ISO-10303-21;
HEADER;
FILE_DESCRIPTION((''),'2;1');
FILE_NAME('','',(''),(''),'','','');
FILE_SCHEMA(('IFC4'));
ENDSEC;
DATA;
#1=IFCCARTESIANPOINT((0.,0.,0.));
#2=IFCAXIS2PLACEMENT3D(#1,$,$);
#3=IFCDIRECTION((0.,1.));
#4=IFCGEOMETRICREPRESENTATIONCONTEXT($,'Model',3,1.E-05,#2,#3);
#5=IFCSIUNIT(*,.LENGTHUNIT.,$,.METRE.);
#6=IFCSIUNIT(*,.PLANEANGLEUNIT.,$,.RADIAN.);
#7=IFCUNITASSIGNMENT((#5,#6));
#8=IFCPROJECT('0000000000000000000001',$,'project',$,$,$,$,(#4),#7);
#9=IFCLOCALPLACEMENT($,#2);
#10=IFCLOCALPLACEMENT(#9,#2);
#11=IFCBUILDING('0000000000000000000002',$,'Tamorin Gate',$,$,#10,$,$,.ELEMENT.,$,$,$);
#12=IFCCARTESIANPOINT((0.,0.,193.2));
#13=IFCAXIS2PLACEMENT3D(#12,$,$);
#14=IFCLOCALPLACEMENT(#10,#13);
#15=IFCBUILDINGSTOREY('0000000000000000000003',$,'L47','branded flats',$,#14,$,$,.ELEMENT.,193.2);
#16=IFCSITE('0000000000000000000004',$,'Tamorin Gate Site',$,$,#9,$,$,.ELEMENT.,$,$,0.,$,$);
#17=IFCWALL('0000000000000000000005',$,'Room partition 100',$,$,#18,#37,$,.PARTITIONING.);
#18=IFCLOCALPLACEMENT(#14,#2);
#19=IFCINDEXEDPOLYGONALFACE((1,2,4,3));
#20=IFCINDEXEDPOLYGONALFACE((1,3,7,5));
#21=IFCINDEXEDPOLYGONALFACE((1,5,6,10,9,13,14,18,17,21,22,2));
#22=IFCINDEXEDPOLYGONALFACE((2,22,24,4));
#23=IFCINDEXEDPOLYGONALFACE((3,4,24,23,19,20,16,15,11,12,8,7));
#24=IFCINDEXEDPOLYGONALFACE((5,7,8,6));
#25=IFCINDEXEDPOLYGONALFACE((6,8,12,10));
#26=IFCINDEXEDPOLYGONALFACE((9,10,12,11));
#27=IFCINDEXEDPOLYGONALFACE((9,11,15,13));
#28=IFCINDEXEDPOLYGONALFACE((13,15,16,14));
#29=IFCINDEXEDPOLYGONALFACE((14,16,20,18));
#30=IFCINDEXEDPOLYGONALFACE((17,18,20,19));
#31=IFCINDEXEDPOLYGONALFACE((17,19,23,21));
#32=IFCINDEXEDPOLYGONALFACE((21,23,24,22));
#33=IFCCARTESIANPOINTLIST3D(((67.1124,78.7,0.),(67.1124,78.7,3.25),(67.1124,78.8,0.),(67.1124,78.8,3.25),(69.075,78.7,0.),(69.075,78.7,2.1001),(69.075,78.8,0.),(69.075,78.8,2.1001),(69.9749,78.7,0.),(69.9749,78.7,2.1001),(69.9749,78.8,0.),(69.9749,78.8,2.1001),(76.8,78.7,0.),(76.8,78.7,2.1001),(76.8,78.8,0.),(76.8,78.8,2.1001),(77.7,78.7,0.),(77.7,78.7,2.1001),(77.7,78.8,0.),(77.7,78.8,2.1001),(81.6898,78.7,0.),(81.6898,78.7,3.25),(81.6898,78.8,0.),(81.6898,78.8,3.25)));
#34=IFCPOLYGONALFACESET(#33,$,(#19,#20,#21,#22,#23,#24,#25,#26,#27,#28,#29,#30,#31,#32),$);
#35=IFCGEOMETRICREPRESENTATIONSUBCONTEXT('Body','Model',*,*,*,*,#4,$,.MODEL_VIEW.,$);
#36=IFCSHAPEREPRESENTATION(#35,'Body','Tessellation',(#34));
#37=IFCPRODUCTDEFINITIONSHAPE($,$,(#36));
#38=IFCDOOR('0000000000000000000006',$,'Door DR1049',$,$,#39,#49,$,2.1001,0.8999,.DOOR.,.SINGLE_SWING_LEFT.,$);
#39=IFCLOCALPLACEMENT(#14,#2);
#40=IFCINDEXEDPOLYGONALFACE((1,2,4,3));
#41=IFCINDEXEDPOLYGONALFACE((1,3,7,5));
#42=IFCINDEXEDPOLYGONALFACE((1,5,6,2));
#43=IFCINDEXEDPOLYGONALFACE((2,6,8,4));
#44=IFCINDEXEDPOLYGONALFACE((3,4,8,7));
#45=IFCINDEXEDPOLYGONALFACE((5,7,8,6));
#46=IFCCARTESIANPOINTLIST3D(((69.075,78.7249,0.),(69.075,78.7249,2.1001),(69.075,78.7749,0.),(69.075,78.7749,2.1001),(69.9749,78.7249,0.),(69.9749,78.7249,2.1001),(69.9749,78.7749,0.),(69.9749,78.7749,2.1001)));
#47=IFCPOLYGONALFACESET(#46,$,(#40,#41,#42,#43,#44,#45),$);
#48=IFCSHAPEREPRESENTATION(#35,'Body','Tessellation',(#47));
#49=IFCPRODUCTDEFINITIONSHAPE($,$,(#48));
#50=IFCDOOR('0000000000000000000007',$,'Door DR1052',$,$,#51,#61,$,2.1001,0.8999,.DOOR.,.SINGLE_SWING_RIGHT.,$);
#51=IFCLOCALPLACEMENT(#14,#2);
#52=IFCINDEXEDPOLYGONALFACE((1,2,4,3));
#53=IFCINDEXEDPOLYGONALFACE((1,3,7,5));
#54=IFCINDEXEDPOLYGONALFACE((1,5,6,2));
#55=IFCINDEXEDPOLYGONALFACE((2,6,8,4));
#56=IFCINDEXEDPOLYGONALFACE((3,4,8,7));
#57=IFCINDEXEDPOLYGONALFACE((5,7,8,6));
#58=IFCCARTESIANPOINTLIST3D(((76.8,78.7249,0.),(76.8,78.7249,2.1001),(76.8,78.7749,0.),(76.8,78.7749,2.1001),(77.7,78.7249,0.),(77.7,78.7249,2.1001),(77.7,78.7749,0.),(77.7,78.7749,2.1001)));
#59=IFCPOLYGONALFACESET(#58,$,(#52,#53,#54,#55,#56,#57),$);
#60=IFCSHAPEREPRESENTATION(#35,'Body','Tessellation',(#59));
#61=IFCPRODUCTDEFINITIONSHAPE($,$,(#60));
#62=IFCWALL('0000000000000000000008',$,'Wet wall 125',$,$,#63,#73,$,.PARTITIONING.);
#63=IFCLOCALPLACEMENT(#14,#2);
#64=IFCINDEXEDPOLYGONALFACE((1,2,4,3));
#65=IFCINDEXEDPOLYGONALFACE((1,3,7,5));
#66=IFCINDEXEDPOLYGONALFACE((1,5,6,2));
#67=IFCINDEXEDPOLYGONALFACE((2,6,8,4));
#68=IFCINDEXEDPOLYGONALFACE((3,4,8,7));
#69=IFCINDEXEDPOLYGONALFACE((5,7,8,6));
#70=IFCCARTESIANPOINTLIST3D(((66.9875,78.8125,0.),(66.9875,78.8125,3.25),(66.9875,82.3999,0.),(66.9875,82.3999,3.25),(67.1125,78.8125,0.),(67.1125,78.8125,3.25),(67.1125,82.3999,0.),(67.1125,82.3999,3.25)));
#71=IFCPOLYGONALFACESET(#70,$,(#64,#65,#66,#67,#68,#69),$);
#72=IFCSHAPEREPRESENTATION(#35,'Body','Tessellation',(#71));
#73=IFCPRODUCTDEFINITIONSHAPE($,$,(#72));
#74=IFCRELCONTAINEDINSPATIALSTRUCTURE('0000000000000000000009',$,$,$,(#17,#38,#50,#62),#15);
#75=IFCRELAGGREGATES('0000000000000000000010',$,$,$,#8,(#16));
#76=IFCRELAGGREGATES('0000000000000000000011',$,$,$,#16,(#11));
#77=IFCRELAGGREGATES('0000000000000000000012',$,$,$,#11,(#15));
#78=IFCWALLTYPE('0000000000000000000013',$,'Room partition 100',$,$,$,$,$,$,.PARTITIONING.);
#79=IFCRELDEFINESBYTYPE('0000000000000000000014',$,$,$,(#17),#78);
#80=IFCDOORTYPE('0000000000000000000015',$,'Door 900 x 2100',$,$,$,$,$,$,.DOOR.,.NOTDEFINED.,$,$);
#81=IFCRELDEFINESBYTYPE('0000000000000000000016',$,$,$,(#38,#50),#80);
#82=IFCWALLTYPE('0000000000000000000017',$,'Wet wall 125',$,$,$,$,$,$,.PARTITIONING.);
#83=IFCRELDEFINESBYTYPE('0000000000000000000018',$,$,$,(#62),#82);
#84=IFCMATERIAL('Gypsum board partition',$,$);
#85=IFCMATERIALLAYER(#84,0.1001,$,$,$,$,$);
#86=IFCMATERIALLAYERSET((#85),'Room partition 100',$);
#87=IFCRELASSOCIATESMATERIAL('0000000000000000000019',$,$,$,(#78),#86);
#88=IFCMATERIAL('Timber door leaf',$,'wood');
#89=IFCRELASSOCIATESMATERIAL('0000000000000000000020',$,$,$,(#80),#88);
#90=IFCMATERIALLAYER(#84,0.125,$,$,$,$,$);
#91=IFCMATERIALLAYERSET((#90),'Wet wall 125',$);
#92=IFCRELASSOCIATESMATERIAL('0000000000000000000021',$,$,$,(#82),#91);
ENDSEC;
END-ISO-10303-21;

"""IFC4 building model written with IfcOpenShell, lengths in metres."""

from ifc_helpers import new_model, si_unit, direction, frame, frame_2d, origin, place, context, subcontext, project, spatial, rectangle, extrude, material, layer, layer_set, type_object, element, fill, save


model = new_model("IFC4")

# Units and contexts
model_context = context("Model", 3, precision=1e-05, world=origin(), true_north=direction((0.0, 1.0)))
body_context = subcontext(model_context, "Body", "Model", "MODEL_VIEW")
ifc_project = project(units=[si_unit("LENGTHUNIT", "METRE"), si_unit("PLANEANGLEUNIT", "RADIAN")], contexts=[model_context])

# Site, building, storey
site_placement = place(None, origin())
site = spatial("IfcSite", under=ifc_project, at=site_placement, Name="Tamorin Gate Site", CompositionType="ELEMENT", RefElevation=0.0)
building_placement = place(site_placement, origin())
building = spatial("IfcBuilding", under=site, at=building_placement, Name="Tamorin Gate", CompositionType="ELEMENT")
storey_placement = place(building_placement, frame((0.0, 0.0, 193.2)))
storey = spatial("IfcBuildingStorey", under=building, at=storey_placement, Name="L47", Description="branded flats", CompositionType="ELEMENT", Elevation=193.2)

# Shared definitions
ifc_material_1 = material(Name="Gypsum board partition")
ifc_layer_1 = layer(ifc_material_1, 0.1001)
ifc_layer_set_1 = layer_set([ifc_layer_1], Name="Room partition 100")
wall_type_1 = type_object("IfcWallType", Name="Room partition 100", PredefinedType="PARTITIONING", material=ifc_layer_set_1)
ifc_material_2 = material(Name="Timber door leaf", Category="wood")
door_type = type_object("IfcDoorType", Name="Door 900 x 2100", OperationType="NOTDEFINED", PredefinedType="DOOR", material=ifc_material_2)

# Wall, openings, doors
wall_1_placement = place(storey_placement, frame((67.1125, 78.75, 0.0), z_axis=(0.0, 0.0, 1.0), x_axis=(1.0, 0.0, 0.0)))
wall_1 = element("IfcWall", 1, at=wall_1_placement, inside=storey, type_object=wall_type_1, Name="Room partition 100", PredefinedType="PARTITIONING", context=body_context, shape_type="SweptSolid", body=[
    extrude(rectangle(XDim=14.5774, YDim=0.1001, at=frame_2d((7.2886, 0.0))), origin(), (0.0, 0.0, 1.0), 3.25),
])
opening_1_placement = place(wall_1_placement, frame((1.9624, 0.0, 0.0)))
opening_1 = element("IfcOpeningElement", 2, at=opening_1_placement, cuts=wall_1, PredefinedType="OPENING", context=body_context, shape_type="SweptSolid", body=[
    extrude(rectangle(XDim=0.8999, YDim=2.1001, at=frame_2d((0.45, 1.05))), frame((0.0, 0.0601, 0.0), z_axis=(0.0, -1.0, 0.0), x_axis=(1.0, 0.0, 0.0)), (0.0, 0.0, 1.0), 0.1201),
])
opening_2_placement = place(wall_1_placement, frame((9.6875, 0.0, 0.0)))
opening_2 = element("IfcOpeningElement", 3, at=opening_2_placement, cuts=wall_1, PredefinedType="OPENING", context=body_context, shape_type="SweptSolid", body=[
    extrude(rectangle(XDim=0.8999, YDim=2.1001, at=frame_2d((0.45, 1.05))), frame((0.0, 0.0601, 0.0), z_axis=(0.0, -1.0, 0.0), x_axis=(1.0, 0.0, 0.0)), (0.0, 0.0, 1.0), 0.1201),
])
door_1_placement = place(opening_1_placement, origin())
door_1 = element("IfcDoor", 4, at=door_1_placement, inside=storey, type_object=door_type, Name="Door DR1049", OperationType="SINGLE_SWING_LEFT", OverallHeight=2.1001, OverallWidth=0.8999, PredefinedType="DOOR", context=body_context, shape_type="SweptSolid", body=[
    extrude(rectangle(XDim=0.8999, YDim=2.1001, at=frame_2d((0.45, 1.05))), frame((0.0, 0.0249, 0.0), z_axis=(0.0, -1.0, 0.0), x_axis=(1.0, 0.0, 0.0)), (0.0, 0.0, 1.0), 0.05),
])
fill(opening_1, door_1)
door_2_placement = place(opening_2_placement, origin())
door_2 = element("IfcDoor", 5, at=door_2_placement, inside=storey, type_object=door_type, Name="Door DR1052", OperationType="SINGLE_SWING_RIGHT", OverallHeight=2.1001, OverallWidth=0.8999, PredefinedType="DOOR", context=body_context, shape_type="SweptSolid", body=[
    extrude(rectangle(XDim=0.8999, YDim=2.1001, at=frame_2d((0.45, 1.05))), frame((0.0, 0.0249, 0.0), z_axis=(0.0, -1.0, 0.0), x_axis=(1.0, 0.0, 0.0)), (0.0, 0.0, 1.0), 0.05),
])
fill(opening_2, door_2)

# Wall
ifc_layer_2 = layer(ifc_material_1, 0.125)
ifc_layer_set_2 = layer_set([ifc_layer_2], Name="Wet wall 125")
wall_type_2 = type_object("IfcWallType", Name="Wet wall 125", PredefinedType="PARTITIONING", material=ifc_layer_set_2)
wall_2_placement = place(storey_placement, frame((67.05, 78.8125, 0.0), z_axis=(0.0, 0.0, 1.0), x_axis=(0.0, 1.0, 0.0)))
element("IfcWall", 6, at=wall_2_placement, inside=storey, type_object=wall_type_2, Name="Wet wall 125", PredefinedType="PARTITIONING", context=body_context, shape_type="SweptSolid", body=[
    extrude(rectangle(XDim=3.5874, YDim=0.125, at=frame_2d((1.7937, 0.0))), origin(), (0.0, 0.0, 1.0), 3.25),
])

save(model, "model.ifc")
